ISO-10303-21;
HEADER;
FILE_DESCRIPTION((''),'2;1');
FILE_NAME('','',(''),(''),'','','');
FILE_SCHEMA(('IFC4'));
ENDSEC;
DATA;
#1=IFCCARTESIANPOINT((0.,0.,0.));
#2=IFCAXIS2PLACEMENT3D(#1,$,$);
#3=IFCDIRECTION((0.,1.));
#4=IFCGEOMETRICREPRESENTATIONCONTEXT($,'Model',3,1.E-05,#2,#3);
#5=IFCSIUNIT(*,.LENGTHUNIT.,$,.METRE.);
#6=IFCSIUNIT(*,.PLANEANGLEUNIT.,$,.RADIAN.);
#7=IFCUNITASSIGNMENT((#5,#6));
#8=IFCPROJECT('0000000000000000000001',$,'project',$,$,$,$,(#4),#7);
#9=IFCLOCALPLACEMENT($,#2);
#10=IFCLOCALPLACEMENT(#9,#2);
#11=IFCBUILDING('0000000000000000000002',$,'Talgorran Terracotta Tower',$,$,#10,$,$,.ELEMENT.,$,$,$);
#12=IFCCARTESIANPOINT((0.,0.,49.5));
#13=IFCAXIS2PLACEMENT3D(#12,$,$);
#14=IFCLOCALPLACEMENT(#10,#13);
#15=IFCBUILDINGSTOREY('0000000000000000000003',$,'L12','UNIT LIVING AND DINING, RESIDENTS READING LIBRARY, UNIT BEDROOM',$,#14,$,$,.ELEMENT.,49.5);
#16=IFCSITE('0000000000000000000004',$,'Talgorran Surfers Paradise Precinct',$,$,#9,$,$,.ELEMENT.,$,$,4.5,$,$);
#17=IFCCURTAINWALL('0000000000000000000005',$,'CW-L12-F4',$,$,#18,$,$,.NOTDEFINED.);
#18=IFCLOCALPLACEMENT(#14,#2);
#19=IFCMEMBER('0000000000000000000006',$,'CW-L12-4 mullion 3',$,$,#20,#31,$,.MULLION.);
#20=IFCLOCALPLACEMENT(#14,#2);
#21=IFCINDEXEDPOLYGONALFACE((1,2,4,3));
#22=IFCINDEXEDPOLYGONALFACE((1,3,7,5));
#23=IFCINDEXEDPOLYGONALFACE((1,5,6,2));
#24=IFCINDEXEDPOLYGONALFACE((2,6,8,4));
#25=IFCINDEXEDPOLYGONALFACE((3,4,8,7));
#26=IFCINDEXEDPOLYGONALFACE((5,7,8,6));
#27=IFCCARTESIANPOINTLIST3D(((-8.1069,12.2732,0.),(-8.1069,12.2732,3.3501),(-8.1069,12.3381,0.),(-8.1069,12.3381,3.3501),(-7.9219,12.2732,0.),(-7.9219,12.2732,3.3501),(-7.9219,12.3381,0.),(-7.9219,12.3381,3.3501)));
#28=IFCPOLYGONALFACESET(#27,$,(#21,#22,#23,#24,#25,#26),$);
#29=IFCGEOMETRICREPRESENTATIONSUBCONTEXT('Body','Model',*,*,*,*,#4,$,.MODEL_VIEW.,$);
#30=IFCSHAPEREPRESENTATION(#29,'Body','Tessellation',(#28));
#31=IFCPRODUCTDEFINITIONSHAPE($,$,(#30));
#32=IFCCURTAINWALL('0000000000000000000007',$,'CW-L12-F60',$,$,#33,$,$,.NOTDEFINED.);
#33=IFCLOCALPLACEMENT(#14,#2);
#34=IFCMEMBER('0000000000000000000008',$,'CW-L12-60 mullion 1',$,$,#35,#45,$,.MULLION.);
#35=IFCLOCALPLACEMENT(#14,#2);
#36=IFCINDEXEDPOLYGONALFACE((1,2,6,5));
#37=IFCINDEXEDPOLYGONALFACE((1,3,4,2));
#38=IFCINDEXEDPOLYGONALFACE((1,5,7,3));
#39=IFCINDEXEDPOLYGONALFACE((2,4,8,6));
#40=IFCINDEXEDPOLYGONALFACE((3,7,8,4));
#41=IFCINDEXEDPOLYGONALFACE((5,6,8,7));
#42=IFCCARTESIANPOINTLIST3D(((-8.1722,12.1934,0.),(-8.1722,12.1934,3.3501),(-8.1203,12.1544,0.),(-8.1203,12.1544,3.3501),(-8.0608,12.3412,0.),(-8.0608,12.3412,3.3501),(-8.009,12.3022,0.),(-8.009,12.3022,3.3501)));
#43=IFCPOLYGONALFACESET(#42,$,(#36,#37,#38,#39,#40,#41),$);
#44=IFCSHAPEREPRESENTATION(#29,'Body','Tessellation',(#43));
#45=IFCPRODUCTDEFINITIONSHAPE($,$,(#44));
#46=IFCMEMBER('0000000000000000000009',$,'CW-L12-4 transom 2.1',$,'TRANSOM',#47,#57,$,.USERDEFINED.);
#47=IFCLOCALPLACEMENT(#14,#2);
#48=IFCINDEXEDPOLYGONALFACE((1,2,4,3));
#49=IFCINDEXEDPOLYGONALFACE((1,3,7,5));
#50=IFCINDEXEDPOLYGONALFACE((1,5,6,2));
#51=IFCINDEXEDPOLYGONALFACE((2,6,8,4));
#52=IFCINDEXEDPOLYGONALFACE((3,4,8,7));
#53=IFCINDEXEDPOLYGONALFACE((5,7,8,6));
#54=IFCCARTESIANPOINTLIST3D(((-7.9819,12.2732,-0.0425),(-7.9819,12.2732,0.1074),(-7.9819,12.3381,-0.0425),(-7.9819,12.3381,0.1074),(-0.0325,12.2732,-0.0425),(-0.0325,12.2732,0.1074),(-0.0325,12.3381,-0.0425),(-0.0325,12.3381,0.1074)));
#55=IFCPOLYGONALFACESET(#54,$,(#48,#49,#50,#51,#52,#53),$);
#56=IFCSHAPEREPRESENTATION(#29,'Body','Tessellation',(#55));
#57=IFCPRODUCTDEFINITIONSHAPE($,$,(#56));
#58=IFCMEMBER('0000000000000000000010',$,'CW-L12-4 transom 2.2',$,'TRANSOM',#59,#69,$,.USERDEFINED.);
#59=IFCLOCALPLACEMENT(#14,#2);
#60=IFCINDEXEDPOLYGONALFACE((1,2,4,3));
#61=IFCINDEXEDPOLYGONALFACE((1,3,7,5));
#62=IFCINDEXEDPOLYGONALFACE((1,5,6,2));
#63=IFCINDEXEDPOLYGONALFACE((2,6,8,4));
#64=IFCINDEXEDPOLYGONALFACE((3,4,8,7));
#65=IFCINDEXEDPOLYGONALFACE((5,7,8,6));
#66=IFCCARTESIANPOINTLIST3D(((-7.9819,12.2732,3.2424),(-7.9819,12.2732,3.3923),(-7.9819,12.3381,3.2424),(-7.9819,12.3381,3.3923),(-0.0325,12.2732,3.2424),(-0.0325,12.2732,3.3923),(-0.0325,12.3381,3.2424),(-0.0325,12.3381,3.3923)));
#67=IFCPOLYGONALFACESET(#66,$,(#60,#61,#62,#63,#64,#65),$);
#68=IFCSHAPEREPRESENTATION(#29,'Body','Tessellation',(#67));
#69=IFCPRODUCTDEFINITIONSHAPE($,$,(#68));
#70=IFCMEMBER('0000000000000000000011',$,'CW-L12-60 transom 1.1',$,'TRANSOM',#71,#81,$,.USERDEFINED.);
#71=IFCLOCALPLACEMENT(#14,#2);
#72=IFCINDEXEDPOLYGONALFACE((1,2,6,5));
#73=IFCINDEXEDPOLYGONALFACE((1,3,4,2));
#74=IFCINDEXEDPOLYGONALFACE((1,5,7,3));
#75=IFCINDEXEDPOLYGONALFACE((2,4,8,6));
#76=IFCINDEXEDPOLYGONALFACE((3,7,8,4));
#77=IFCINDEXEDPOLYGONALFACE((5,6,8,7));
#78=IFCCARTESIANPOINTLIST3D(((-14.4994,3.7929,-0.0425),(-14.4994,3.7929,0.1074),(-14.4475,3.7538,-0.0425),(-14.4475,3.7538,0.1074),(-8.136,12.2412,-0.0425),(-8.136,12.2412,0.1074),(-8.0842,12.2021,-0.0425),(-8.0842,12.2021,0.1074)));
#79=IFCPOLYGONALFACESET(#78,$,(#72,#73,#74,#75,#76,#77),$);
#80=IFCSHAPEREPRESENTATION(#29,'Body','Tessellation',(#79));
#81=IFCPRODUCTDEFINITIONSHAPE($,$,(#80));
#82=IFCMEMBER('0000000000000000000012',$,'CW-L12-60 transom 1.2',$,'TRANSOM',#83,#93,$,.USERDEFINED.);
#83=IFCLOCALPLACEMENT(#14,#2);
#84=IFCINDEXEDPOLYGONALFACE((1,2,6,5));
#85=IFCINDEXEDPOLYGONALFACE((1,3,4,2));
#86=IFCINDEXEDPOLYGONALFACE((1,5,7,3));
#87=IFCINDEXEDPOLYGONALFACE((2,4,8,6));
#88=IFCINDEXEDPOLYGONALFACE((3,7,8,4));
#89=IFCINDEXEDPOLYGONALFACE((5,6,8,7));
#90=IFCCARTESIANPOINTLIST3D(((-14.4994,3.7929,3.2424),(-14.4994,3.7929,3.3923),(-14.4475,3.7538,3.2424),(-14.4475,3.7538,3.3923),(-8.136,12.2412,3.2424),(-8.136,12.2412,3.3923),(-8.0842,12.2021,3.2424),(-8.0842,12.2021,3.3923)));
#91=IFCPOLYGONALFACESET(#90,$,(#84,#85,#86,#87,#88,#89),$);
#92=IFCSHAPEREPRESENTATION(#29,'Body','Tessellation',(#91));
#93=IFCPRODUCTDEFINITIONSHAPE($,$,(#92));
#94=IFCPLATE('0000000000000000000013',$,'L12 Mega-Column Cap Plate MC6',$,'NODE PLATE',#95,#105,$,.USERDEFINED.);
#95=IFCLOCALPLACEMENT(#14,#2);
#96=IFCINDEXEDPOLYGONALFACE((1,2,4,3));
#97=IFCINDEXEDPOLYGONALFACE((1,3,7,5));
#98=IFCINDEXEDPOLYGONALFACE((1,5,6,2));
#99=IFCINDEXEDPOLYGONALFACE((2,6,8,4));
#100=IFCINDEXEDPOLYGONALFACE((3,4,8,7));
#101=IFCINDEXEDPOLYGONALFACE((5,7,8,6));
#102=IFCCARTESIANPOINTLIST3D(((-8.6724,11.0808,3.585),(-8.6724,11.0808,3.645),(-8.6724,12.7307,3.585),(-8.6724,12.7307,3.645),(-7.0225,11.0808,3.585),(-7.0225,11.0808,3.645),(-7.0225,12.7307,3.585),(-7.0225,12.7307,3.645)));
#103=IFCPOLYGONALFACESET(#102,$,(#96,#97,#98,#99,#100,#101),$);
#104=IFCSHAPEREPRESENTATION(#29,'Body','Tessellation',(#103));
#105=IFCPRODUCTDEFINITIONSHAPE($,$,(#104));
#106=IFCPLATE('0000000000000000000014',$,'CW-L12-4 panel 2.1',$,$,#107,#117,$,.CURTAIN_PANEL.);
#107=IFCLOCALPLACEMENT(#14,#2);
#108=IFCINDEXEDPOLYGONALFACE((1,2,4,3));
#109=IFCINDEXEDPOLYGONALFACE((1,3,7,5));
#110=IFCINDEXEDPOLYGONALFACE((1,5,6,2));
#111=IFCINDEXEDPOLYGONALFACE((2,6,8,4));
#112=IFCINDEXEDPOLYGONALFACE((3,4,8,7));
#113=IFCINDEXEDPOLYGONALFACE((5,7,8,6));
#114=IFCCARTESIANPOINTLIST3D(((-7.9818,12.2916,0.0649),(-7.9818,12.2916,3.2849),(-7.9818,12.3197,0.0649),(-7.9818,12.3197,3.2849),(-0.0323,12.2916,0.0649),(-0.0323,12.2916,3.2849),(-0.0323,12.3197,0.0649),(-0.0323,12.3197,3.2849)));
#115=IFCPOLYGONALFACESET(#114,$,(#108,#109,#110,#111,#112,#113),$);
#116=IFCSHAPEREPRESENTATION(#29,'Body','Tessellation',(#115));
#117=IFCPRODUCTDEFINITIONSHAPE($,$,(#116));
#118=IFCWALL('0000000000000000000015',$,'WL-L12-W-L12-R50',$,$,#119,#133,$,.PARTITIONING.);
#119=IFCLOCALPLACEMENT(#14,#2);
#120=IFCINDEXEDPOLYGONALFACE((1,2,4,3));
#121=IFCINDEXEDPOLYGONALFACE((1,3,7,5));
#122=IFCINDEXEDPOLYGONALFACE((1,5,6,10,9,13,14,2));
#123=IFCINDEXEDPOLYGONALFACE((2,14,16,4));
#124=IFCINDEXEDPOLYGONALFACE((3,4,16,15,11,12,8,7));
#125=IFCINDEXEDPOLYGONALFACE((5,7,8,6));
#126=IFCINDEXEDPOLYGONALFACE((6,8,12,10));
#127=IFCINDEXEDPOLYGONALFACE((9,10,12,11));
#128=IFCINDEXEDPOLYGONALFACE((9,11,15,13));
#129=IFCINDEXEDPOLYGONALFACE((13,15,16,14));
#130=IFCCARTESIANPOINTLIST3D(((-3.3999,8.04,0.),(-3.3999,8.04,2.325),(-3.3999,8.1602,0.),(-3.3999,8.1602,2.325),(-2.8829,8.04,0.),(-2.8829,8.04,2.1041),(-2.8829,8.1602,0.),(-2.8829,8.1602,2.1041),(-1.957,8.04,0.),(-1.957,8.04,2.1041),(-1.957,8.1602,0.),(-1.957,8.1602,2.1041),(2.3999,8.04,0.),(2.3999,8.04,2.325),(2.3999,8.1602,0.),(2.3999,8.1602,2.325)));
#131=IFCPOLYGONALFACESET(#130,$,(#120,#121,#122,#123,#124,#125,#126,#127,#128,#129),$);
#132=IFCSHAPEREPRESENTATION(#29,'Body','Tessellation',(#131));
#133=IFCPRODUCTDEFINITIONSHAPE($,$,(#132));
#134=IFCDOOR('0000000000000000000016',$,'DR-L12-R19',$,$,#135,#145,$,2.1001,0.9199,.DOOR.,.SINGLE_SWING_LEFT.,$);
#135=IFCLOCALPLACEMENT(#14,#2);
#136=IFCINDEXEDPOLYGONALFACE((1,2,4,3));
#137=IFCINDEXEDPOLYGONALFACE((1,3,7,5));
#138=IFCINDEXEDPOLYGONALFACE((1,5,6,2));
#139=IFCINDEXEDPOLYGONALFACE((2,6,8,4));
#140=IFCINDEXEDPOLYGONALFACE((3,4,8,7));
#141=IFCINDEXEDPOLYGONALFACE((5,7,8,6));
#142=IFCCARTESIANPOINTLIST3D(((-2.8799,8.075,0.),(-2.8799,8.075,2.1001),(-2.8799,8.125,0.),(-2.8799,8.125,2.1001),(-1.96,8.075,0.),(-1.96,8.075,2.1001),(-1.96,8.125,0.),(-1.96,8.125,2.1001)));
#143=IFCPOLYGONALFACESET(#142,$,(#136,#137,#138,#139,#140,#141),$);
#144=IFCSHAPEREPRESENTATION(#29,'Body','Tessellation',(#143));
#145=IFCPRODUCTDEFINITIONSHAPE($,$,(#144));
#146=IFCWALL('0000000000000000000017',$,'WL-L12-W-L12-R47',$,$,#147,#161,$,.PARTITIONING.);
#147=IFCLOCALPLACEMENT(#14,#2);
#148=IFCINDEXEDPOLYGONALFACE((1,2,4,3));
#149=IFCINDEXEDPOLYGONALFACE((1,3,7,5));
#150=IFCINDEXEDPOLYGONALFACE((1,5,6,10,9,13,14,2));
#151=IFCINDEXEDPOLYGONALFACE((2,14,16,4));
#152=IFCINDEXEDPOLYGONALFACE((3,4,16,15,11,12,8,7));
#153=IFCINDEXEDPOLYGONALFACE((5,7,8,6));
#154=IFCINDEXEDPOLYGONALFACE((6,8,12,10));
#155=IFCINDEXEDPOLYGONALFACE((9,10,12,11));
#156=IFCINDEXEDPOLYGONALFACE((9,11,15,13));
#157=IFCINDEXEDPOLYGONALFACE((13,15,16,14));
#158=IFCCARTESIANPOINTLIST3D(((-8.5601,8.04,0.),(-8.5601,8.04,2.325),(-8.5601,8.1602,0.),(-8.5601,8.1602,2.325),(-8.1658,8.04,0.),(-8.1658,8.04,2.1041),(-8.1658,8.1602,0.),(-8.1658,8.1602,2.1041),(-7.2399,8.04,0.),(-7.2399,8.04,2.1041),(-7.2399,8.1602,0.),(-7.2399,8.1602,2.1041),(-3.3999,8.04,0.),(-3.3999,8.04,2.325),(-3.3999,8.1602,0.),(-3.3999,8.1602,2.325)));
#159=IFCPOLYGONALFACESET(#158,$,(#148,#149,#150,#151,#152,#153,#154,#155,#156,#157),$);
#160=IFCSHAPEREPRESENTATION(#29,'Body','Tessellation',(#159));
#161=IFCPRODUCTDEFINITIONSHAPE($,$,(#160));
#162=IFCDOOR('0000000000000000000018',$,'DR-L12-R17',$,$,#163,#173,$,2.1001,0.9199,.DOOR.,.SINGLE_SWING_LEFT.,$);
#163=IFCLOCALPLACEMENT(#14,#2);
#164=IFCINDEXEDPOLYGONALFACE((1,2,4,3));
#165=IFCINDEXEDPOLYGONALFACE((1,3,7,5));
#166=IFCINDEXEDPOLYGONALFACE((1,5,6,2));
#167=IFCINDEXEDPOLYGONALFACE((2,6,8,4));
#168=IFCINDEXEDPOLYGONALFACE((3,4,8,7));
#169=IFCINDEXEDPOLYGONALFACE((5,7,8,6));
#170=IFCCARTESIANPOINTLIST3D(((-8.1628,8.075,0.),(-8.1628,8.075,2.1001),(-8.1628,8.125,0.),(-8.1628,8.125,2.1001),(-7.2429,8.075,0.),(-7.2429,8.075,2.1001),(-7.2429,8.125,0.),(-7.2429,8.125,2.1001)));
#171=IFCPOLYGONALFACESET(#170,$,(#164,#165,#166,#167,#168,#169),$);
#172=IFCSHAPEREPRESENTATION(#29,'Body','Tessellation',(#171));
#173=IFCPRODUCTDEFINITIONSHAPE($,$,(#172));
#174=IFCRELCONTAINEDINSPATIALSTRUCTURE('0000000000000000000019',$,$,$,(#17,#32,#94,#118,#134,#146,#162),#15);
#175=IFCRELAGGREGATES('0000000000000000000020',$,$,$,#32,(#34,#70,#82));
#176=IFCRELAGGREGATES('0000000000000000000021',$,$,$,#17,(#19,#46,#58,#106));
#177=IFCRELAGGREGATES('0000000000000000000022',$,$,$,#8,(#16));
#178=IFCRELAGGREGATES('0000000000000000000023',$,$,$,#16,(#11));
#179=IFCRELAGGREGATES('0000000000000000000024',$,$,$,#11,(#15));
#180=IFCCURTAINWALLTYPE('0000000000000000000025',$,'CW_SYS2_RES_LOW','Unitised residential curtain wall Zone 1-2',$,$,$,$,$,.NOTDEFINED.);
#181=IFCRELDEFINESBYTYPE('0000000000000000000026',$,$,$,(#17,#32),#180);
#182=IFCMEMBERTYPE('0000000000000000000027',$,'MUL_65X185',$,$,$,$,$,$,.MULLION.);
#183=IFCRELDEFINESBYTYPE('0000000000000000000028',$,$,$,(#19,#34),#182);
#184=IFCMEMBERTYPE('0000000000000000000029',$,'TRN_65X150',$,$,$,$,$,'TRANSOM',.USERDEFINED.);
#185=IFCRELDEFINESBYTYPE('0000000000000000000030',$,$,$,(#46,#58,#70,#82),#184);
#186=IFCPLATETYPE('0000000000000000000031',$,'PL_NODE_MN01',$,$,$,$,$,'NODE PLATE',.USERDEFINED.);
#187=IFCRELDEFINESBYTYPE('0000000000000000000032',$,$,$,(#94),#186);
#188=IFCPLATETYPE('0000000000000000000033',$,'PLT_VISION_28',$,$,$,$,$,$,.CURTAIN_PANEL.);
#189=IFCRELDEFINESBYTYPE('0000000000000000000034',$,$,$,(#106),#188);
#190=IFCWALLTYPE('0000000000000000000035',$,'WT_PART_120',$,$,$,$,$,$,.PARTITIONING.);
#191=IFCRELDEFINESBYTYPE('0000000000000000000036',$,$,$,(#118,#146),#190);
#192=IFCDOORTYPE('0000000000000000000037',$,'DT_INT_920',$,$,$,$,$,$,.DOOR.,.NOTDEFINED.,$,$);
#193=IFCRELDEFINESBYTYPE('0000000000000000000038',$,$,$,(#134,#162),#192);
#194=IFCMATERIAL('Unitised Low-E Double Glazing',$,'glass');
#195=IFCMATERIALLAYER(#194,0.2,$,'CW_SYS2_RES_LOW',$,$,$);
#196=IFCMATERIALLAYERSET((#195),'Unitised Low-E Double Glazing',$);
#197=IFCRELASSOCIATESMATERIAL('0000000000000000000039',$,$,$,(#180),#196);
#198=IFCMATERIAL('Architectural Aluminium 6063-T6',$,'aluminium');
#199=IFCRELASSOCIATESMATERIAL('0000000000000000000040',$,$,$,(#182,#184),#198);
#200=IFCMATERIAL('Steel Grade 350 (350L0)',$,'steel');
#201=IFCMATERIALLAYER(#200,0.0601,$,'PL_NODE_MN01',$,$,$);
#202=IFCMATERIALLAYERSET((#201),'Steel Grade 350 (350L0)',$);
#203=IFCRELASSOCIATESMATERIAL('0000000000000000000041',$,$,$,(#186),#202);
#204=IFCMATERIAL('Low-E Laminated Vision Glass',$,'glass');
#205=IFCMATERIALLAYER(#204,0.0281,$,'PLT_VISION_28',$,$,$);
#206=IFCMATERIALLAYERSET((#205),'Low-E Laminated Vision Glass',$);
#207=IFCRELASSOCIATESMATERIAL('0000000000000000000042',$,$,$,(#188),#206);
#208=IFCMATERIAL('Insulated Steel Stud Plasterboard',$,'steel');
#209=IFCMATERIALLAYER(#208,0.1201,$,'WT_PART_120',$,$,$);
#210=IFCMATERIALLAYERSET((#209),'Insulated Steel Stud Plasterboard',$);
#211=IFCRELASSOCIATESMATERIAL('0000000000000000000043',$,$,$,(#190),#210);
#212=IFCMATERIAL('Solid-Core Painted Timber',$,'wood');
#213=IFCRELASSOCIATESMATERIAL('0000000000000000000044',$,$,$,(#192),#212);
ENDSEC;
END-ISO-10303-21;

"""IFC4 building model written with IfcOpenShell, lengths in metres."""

from ifc_helpers import new_model, si_unit, direction, frame, frame_2d, origin, origin_2d, place, context, subcontext, project, spatial, rectangle, extrude, source, transform, mapped, material, layer, layer_set, material_profile, profile_set, type_object, type_shapes, element, fill, aggregate, save


model = new_model("IFC4")

# Units and contexts
model_context = context("Model", 3, precision=1e-05, world=origin(), true_north=direction((0.0, 1.0)))
body_context = subcontext(model_context, "Body", "Model", "MODEL_VIEW")
ifc_project = project(units=[si_unit("LENGTHUNIT", "METRE"), si_unit("PLANEANGLEUNIT", "RADIAN")], contexts=[model_context])

# Site, building, storey
site_placement = place(None, origin())
site = spatial("IfcSite", under=ifc_project, at=site_placement, Name="Talgorran Surfers Paradise Precinct", CompositionType="ELEMENT", RefElevation=4.5)
building_placement = place(site_placement, origin())
building = spatial("IfcBuilding", under=site, at=building_placement, Name="Talgorran Terracotta Tower", CompositionType="ELEMENT")
storey_placement = place(building_placement, frame((0.0, 0.0, 49.5)))
storey = spatial("IfcBuildingStorey", under=building, at=storey_placement, Name="L12", Description="UNIT LIVING AND DINING, RESIDENTS READING LIBRARY, UNIT BEDROOM", CompositionType="ELEMENT", Elevation=49.5)

# Shared definitions
ifc_material_1 = material(Name="Steel Grade 350 (350L0)", Category="steel")

# Curtain walls, members
ifc_material_2 = material(Name="Unitised Low-E Double Glazing", Category="glass")
ifc_layer_1 = layer(ifc_material_2, 0.2, Name="CW_SYS2_RES_LOW")
ifc_layer_set_1 = layer_set([ifc_layer_1], Name="Unitised Low-E Double Glazing")
curtain_wall_type = type_object("IfcCurtainWallType", Name="CW_SYS2_RES_LOW", Description="Unitised residential curtain wall Zone 1-2", PredefinedType="NOTDEFINED", material=ifc_layer_set_1)
curtain_wall_1_placement = place(storey_placement, origin())
curtain_wall_1 = element("IfcCurtainWall", 1, at=curtain_wall_1_placement, inside=storey, type_object=curtain_wall_type, Name="CW-L12-F4", PredefinedType="NOTDEFINED")
ifc_material_3 = material(Name="Architectural Aluminium 6063-T6", Category="aluminium")
ifc_material_profile_1 = material_profile(ifc_material_3, rectangle(XDim=0.0649, YDim=0.1851, at=origin_2d()), Name="CWM65X185")
ifc_profile_set_1 = profile_set([ifc_material_profile_1], Name="Architectural Aluminium 6063-T6")
member_type_1 = type_object("IfcMemberType", Name="MUL_65X185", PredefinedType="MULLION", material=ifc_profile_set_1)
member_1_placement = place(storey_placement, frame((-8.0144, 12.3057, 0.0), z_axis=(0.0, 0.0, 1.0), x_axis=(0.0, -1.0, 0.0)))
member_1 = element("IfcMember", 2, at=member_1_placement, type_object=member_type_1, Name="CW-L12-4 mullion 3", PredefinedType="MULLION", context=body_context, shape_type="SweptSolid", body=[
    extrude(rectangle(XDim=0.0649, YDim=0.1851, at=origin_2d()), origin(), (0.0, 0.0, 1.0), 3.3501),
])
curtain_wall_2_placement = place(storey_placement, origin())
curtain_wall_2 = element("IfcCurtainWall", 3, at=curtain_wall_2_placement, inside=storey, type_object=curtain_wall_type, Name="CW-L12-F60", PredefinedType="NOTDEFINED")
member_2_placement = place(storey_placement, frame((-8.0906, 12.2478, 0.0), z_axis=(0.0, 0.0, 1.0), x_axis=(0.798777, -0.601628, 0.0)))
member_2 = element("IfcMember", 4, at=member_2_placement, type_object=member_type_1, Name="CW-L12-60 mullion 1", PredefinedType="MULLION", context=body_context, shape_type="SweptSolid", body=[
    extrude(rectangle(XDim=0.0649, YDim=0.1851, at=origin_2d()), origin(), (0.0, 0.0, 1.0), 3.3501),
])

# Members
ifc_material_profile_2 = material_profile(ifc_material_3, rectangle(XDim=0.0649, YDim=0.1499, at=origin_2d()), Name="CWT65X150")
ifc_profile_set_2 = profile_set([ifc_material_profile_2], Name="Architectural Aluminium 6063-T6")
member_type_2 = type_object("IfcMemberType", Name="TRN_65X150", ElementType="TRANSOM", PredefinedType="USERDEFINED", material=ifc_profile_set_2)
member_3_placement = place(storey_placement, frame((-0.0325, 12.3057, 0.0325), z_axis=(-1.0, 0.0, 0.0), x_axis=(0.0, -1.0, 0.0)))
member_3 = element("IfcMember", 5, at=member_3_placement, type_object=member_type_2, Name="CW-L12-4 transom 2.1", ObjectType="TRANSOM", PredefinedType="USERDEFINED", context=body_context, shape_type="SweptSolid", body=[
    extrude(rectangle(XDim=0.0649, YDim=0.1499, at=origin_2d()), origin(), (0.0, 0.0, 1.0), 7.9495),
])
member_4_placement = place(storey_placement, frame((-0.0325, 12.3057, 3.3174), z_axis=(-1.0, 0.0, 0.0), x_axis=(0.0, -1.0, 0.0)))
member_4 = element("IfcMember", 6, at=member_4_placement, type_object=member_type_2, Name="CW-L12-4 transom 2.2", ObjectType="TRANSOM", PredefinedType="USERDEFINED", context=body_context, shape_type="SweptSolid", body=[
    extrude(rectangle(XDim=0.0649, YDim=0.1499, at=origin_2d()), origin(), (0.0, 0.0, 1.0), 7.9495),
])
member_5_placement = place(storey_placement, frame((-8.1101, 12.2217, 0.0325), z_axis=(-0.601639, -0.798768, 0.0), x_axis=(0.798768, -0.601639, 0.0)))
member_5 = element("IfcMember", 7, at=member_5_placement, type_object=member_type_2, Name="CW-L12-60 transom 1.1", ObjectType="TRANSOM", PredefinedType="USERDEFINED", context=body_context, shape_type="SweptSolid", body=[
    extrude(rectangle(XDim=0.0649, YDim=0.1499, at=origin_2d()), origin(), (0.0, 0.0, 1.0), 10.5767),
])
member_6_placement = place(storey_placement, frame((-8.1101, 12.2217, 3.3174), z_axis=(-0.601639, -0.798768, 0.0), x_axis=(0.798768, -0.601639, 0.0)))
member_6 = element("IfcMember", 8, at=member_6_placement, type_object=member_type_2, Name="CW-L12-60 transom 1.2", ObjectType="TRANSOM", PredefinedType="USERDEFINED", context=body_context, shape_type="SweptSolid", body=[
    extrude(rectangle(XDim=0.0649, YDim=0.1499, at=origin_2d()), origin(), (0.0, 0.0, 1.0), 10.5767),
])
aggregate(curtain_wall_2, [member_2, member_5, member_6])

# Plates
ifc_layer_2 = layer(ifc_material_1, 0.0601, Name="PL_NODE_MN01")
ifc_layer_set_2 = layer_set([ifc_layer_2], Name="Steel Grade 350 (350L0)")
plate_type_1 = type_object("IfcPlateType", Name="PL_NODE_MN01", ElementType="NODE PLATE", PredefinedType="USERDEFINED", material=ifc_layer_set_2)
plate_1_placement = place(storey_placement, frame((-7.8474, 11.9058, 3.585), z_axis=(0.0, 0.0, 1.0), x_axis=(1.0, 0.0, 0.0)))
element("IfcPlate", 9, at=plate_1_placement, inside=storey, type_object=plate_type_1, Name="L12 Mega-Column Cap Plate MC6", ObjectType="NODE PLATE", PredefinedType="USERDEFINED", context=body_context, shape_type="SweptSolid", body=[
    extrude(rectangle(XDim=1.6499, YDim=1.6499, at=origin_2d()), origin(), (0.0, 0.0, 1.0), 0.0601),
])
ifc_material_4 = material(Name="Low-E Laminated Vision Glass", Category="glass")
ifc_layer_3 = layer(ifc_material_4, 0.0281, Name="PLT_VISION_28")
ifc_layer_set_3 = layer_set([ifc_layer_3], Name="Low-E Laminated Vision Glass")
plate_type_2 = type_object("IfcPlateType", Name="PLT_VISION_28", PredefinedType="CURTAIN_PANEL", material=ifc_layer_set_3)
shared_shape = source(origin(), body_context, "Body", "SweptSolid", [
    extrude(rectangle(XDim=7.9495, YDim=0.0281, at=origin_2d()), origin(), (0.0, 0.0, 1.0), 3.22),
])
type_shapes(plate_type_2, [shared_shape])
plate_2_placement = place(storey_placement, frame((-4.0071, 12.3057, 0.0649), z_axis=(0.0, 0.0, 1.0), x_axis=(-1.0, 0.0, 0.0)))
plate_2 = element("IfcPlate", 10, at=plate_2_placement, type_object=plate_type_2, Name="CW-L12-4 panel 2.1", PredefinedType="CURTAIN_PANEL", context=body_context, shape_type="MappedRepresentation", body=[
    mapped(shared_shape, transform((0.0, 0.0, 0.0), scale=1.0)),
])
aggregate(curtain_wall_1, [member_1, member_3, member_4, plate_2])

# Walls, openings, doors
ifc_material_5 = material(Name="Insulated Steel Stud Plasterboard", Category="steel")
ifc_layer_4 = layer(ifc_material_5, 0.1201, Name="WT_PART_120")
ifc_layer_set_4 = layer_set([ifc_layer_4], Name="Insulated Steel Stud Plasterboard")
wall_type = type_object("IfcWallType", Name="WT_PART_120", PredefinedType="PARTITIONING", material=ifc_layer_set_4)
wall_1_placement = place(storey_placement, frame((-3.3999, 8.1001, 0.0), z_axis=(0.0, 0.0, 1.0), x_axis=(1.0, 0.0, 0.0)))
wall_1 = element("IfcWall", 11, at=wall_1_placement, inside=storey, type_object=wall_type, Name="WL-L12-W-L12-R50", PredefinedType="PARTITIONING", context=body_context, shape_type="SweptSolid", body=[
    extrude(rectangle(XDim=5.7998, YDim=0.1201, at=frame_2d((2.8999, 0.0))), origin(), (0.0, 0.0, 1.0), 2.325),
])
opening_1_placement = place(wall_1_placement, frame((0.52, 0.0, 0.0)))
opening_1 = element("IfcOpeningElement", 12, at=opening_1_placement, cuts=wall_1, PredefinedType="OPENING", context=body_context, shape_type="SweptSolid", body=[
    extrude(rectangle(XDim=0.9259, YDim=2.1041, at=frame_2d((0.46, 1.052))), frame((0.0, 0.0701, 0.0), z_axis=(0.0, -1.0, 0.0), x_axis=(1.0, 0.0, 0.0)), (0.0, 0.0, 1.0), 0.1401),
])
ifc_material_6 = material(Name="Solid-Core Painted Timber", Category="wood")
door_type = type_object("IfcDoorType", Name="DT_INT_920", OperationType="NOTDEFINED", PredefinedType="DOOR", material=ifc_material_6)
door_1_placement = place(opening_1_placement, origin())
door_1 = element("IfcDoor", 13, at=door_1_placement, inside=storey, type_object=door_type, Name="DR-L12-R19", OperationType="SINGLE_SWING_LEFT", OverallHeight=2.1001, OverallWidth=0.9199, PredefinedType="DOOR", context=body_context, shape_type="SweptSolid", body=[
    extrude(rectangle(XDim=0.9199, YDim=2.1001, at=frame_2d((0.46, 1.05))), frame((0.0, 0.0249, 0.0), z_axis=(0.0, -1.0, 0.0), x_axis=(1.0, 0.0, 0.0)), (0.0, 0.0, 1.0), 0.05),
])
fill(opening_1, door_1)
wall_2_placement = place(storey_placement, frame((-8.5601, 8.1001, 0.0), z_axis=(0.0, 0.0, 1.0), x_axis=(1.0, 0.0, 0.0)))
wall_2 = element("IfcWall", 14, at=wall_2_placement, inside=storey, type_object=wall_type, Name="WL-L12-W-L12-R47", PredefinedType="PARTITIONING", context=body_context, shape_type="SweptSolid", body=[
    extrude(rectangle(XDim=5.1602, YDim=0.1201, at=frame_2d((2.5801, 0.0))), origin(), (0.0, 0.0, 1.0), 2.325),
])
opening_2_placement = place(wall_2_placement, frame((0.3972, 0.0, 0.0)))
opening_2 = element("IfcOpeningElement", 15, at=opening_2_placement, cuts=wall_2, PredefinedType="OPENING", context=body_context, shape_type="SweptSolid", body=[
    extrude(rectangle(XDim=0.9259, YDim=2.1041, at=frame_2d((0.46, 1.052))), frame((0.0, 0.0701, 0.0), z_axis=(0.0, -1.0, 0.0), x_axis=(1.0, 0.0, 0.0)), (0.0, 0.0, 1.0), 0.1401),
])
door_2_placement = place(opening_2_placement, origin())
door_2 = element("IfcDoor", 16, at=door_2_placement, inside=storey, type_object=door_type, Name="DR-L12-R17", OperationType="SINGLE_SWING_LEFT", OverallHeight=2.1001, OverallWidth=0.9199, PredefinedType="DOOR", context=body_context, shape_type="SweptSolid", body=[
    extrude(rectangle(XDim=0.9199, YDim=2.1001, at=frame_2d((0.46, 1.05))), frame((0.0, 0.0249, 0.0), z_axis=(0.0, -1.0, 0.0), x_axis=(1.0, 0.0, 0.0)), (0.0, 0.0, 1.0), 0.05),
])
fill(opening_2, door_2)

save(model, "model.ifc")
